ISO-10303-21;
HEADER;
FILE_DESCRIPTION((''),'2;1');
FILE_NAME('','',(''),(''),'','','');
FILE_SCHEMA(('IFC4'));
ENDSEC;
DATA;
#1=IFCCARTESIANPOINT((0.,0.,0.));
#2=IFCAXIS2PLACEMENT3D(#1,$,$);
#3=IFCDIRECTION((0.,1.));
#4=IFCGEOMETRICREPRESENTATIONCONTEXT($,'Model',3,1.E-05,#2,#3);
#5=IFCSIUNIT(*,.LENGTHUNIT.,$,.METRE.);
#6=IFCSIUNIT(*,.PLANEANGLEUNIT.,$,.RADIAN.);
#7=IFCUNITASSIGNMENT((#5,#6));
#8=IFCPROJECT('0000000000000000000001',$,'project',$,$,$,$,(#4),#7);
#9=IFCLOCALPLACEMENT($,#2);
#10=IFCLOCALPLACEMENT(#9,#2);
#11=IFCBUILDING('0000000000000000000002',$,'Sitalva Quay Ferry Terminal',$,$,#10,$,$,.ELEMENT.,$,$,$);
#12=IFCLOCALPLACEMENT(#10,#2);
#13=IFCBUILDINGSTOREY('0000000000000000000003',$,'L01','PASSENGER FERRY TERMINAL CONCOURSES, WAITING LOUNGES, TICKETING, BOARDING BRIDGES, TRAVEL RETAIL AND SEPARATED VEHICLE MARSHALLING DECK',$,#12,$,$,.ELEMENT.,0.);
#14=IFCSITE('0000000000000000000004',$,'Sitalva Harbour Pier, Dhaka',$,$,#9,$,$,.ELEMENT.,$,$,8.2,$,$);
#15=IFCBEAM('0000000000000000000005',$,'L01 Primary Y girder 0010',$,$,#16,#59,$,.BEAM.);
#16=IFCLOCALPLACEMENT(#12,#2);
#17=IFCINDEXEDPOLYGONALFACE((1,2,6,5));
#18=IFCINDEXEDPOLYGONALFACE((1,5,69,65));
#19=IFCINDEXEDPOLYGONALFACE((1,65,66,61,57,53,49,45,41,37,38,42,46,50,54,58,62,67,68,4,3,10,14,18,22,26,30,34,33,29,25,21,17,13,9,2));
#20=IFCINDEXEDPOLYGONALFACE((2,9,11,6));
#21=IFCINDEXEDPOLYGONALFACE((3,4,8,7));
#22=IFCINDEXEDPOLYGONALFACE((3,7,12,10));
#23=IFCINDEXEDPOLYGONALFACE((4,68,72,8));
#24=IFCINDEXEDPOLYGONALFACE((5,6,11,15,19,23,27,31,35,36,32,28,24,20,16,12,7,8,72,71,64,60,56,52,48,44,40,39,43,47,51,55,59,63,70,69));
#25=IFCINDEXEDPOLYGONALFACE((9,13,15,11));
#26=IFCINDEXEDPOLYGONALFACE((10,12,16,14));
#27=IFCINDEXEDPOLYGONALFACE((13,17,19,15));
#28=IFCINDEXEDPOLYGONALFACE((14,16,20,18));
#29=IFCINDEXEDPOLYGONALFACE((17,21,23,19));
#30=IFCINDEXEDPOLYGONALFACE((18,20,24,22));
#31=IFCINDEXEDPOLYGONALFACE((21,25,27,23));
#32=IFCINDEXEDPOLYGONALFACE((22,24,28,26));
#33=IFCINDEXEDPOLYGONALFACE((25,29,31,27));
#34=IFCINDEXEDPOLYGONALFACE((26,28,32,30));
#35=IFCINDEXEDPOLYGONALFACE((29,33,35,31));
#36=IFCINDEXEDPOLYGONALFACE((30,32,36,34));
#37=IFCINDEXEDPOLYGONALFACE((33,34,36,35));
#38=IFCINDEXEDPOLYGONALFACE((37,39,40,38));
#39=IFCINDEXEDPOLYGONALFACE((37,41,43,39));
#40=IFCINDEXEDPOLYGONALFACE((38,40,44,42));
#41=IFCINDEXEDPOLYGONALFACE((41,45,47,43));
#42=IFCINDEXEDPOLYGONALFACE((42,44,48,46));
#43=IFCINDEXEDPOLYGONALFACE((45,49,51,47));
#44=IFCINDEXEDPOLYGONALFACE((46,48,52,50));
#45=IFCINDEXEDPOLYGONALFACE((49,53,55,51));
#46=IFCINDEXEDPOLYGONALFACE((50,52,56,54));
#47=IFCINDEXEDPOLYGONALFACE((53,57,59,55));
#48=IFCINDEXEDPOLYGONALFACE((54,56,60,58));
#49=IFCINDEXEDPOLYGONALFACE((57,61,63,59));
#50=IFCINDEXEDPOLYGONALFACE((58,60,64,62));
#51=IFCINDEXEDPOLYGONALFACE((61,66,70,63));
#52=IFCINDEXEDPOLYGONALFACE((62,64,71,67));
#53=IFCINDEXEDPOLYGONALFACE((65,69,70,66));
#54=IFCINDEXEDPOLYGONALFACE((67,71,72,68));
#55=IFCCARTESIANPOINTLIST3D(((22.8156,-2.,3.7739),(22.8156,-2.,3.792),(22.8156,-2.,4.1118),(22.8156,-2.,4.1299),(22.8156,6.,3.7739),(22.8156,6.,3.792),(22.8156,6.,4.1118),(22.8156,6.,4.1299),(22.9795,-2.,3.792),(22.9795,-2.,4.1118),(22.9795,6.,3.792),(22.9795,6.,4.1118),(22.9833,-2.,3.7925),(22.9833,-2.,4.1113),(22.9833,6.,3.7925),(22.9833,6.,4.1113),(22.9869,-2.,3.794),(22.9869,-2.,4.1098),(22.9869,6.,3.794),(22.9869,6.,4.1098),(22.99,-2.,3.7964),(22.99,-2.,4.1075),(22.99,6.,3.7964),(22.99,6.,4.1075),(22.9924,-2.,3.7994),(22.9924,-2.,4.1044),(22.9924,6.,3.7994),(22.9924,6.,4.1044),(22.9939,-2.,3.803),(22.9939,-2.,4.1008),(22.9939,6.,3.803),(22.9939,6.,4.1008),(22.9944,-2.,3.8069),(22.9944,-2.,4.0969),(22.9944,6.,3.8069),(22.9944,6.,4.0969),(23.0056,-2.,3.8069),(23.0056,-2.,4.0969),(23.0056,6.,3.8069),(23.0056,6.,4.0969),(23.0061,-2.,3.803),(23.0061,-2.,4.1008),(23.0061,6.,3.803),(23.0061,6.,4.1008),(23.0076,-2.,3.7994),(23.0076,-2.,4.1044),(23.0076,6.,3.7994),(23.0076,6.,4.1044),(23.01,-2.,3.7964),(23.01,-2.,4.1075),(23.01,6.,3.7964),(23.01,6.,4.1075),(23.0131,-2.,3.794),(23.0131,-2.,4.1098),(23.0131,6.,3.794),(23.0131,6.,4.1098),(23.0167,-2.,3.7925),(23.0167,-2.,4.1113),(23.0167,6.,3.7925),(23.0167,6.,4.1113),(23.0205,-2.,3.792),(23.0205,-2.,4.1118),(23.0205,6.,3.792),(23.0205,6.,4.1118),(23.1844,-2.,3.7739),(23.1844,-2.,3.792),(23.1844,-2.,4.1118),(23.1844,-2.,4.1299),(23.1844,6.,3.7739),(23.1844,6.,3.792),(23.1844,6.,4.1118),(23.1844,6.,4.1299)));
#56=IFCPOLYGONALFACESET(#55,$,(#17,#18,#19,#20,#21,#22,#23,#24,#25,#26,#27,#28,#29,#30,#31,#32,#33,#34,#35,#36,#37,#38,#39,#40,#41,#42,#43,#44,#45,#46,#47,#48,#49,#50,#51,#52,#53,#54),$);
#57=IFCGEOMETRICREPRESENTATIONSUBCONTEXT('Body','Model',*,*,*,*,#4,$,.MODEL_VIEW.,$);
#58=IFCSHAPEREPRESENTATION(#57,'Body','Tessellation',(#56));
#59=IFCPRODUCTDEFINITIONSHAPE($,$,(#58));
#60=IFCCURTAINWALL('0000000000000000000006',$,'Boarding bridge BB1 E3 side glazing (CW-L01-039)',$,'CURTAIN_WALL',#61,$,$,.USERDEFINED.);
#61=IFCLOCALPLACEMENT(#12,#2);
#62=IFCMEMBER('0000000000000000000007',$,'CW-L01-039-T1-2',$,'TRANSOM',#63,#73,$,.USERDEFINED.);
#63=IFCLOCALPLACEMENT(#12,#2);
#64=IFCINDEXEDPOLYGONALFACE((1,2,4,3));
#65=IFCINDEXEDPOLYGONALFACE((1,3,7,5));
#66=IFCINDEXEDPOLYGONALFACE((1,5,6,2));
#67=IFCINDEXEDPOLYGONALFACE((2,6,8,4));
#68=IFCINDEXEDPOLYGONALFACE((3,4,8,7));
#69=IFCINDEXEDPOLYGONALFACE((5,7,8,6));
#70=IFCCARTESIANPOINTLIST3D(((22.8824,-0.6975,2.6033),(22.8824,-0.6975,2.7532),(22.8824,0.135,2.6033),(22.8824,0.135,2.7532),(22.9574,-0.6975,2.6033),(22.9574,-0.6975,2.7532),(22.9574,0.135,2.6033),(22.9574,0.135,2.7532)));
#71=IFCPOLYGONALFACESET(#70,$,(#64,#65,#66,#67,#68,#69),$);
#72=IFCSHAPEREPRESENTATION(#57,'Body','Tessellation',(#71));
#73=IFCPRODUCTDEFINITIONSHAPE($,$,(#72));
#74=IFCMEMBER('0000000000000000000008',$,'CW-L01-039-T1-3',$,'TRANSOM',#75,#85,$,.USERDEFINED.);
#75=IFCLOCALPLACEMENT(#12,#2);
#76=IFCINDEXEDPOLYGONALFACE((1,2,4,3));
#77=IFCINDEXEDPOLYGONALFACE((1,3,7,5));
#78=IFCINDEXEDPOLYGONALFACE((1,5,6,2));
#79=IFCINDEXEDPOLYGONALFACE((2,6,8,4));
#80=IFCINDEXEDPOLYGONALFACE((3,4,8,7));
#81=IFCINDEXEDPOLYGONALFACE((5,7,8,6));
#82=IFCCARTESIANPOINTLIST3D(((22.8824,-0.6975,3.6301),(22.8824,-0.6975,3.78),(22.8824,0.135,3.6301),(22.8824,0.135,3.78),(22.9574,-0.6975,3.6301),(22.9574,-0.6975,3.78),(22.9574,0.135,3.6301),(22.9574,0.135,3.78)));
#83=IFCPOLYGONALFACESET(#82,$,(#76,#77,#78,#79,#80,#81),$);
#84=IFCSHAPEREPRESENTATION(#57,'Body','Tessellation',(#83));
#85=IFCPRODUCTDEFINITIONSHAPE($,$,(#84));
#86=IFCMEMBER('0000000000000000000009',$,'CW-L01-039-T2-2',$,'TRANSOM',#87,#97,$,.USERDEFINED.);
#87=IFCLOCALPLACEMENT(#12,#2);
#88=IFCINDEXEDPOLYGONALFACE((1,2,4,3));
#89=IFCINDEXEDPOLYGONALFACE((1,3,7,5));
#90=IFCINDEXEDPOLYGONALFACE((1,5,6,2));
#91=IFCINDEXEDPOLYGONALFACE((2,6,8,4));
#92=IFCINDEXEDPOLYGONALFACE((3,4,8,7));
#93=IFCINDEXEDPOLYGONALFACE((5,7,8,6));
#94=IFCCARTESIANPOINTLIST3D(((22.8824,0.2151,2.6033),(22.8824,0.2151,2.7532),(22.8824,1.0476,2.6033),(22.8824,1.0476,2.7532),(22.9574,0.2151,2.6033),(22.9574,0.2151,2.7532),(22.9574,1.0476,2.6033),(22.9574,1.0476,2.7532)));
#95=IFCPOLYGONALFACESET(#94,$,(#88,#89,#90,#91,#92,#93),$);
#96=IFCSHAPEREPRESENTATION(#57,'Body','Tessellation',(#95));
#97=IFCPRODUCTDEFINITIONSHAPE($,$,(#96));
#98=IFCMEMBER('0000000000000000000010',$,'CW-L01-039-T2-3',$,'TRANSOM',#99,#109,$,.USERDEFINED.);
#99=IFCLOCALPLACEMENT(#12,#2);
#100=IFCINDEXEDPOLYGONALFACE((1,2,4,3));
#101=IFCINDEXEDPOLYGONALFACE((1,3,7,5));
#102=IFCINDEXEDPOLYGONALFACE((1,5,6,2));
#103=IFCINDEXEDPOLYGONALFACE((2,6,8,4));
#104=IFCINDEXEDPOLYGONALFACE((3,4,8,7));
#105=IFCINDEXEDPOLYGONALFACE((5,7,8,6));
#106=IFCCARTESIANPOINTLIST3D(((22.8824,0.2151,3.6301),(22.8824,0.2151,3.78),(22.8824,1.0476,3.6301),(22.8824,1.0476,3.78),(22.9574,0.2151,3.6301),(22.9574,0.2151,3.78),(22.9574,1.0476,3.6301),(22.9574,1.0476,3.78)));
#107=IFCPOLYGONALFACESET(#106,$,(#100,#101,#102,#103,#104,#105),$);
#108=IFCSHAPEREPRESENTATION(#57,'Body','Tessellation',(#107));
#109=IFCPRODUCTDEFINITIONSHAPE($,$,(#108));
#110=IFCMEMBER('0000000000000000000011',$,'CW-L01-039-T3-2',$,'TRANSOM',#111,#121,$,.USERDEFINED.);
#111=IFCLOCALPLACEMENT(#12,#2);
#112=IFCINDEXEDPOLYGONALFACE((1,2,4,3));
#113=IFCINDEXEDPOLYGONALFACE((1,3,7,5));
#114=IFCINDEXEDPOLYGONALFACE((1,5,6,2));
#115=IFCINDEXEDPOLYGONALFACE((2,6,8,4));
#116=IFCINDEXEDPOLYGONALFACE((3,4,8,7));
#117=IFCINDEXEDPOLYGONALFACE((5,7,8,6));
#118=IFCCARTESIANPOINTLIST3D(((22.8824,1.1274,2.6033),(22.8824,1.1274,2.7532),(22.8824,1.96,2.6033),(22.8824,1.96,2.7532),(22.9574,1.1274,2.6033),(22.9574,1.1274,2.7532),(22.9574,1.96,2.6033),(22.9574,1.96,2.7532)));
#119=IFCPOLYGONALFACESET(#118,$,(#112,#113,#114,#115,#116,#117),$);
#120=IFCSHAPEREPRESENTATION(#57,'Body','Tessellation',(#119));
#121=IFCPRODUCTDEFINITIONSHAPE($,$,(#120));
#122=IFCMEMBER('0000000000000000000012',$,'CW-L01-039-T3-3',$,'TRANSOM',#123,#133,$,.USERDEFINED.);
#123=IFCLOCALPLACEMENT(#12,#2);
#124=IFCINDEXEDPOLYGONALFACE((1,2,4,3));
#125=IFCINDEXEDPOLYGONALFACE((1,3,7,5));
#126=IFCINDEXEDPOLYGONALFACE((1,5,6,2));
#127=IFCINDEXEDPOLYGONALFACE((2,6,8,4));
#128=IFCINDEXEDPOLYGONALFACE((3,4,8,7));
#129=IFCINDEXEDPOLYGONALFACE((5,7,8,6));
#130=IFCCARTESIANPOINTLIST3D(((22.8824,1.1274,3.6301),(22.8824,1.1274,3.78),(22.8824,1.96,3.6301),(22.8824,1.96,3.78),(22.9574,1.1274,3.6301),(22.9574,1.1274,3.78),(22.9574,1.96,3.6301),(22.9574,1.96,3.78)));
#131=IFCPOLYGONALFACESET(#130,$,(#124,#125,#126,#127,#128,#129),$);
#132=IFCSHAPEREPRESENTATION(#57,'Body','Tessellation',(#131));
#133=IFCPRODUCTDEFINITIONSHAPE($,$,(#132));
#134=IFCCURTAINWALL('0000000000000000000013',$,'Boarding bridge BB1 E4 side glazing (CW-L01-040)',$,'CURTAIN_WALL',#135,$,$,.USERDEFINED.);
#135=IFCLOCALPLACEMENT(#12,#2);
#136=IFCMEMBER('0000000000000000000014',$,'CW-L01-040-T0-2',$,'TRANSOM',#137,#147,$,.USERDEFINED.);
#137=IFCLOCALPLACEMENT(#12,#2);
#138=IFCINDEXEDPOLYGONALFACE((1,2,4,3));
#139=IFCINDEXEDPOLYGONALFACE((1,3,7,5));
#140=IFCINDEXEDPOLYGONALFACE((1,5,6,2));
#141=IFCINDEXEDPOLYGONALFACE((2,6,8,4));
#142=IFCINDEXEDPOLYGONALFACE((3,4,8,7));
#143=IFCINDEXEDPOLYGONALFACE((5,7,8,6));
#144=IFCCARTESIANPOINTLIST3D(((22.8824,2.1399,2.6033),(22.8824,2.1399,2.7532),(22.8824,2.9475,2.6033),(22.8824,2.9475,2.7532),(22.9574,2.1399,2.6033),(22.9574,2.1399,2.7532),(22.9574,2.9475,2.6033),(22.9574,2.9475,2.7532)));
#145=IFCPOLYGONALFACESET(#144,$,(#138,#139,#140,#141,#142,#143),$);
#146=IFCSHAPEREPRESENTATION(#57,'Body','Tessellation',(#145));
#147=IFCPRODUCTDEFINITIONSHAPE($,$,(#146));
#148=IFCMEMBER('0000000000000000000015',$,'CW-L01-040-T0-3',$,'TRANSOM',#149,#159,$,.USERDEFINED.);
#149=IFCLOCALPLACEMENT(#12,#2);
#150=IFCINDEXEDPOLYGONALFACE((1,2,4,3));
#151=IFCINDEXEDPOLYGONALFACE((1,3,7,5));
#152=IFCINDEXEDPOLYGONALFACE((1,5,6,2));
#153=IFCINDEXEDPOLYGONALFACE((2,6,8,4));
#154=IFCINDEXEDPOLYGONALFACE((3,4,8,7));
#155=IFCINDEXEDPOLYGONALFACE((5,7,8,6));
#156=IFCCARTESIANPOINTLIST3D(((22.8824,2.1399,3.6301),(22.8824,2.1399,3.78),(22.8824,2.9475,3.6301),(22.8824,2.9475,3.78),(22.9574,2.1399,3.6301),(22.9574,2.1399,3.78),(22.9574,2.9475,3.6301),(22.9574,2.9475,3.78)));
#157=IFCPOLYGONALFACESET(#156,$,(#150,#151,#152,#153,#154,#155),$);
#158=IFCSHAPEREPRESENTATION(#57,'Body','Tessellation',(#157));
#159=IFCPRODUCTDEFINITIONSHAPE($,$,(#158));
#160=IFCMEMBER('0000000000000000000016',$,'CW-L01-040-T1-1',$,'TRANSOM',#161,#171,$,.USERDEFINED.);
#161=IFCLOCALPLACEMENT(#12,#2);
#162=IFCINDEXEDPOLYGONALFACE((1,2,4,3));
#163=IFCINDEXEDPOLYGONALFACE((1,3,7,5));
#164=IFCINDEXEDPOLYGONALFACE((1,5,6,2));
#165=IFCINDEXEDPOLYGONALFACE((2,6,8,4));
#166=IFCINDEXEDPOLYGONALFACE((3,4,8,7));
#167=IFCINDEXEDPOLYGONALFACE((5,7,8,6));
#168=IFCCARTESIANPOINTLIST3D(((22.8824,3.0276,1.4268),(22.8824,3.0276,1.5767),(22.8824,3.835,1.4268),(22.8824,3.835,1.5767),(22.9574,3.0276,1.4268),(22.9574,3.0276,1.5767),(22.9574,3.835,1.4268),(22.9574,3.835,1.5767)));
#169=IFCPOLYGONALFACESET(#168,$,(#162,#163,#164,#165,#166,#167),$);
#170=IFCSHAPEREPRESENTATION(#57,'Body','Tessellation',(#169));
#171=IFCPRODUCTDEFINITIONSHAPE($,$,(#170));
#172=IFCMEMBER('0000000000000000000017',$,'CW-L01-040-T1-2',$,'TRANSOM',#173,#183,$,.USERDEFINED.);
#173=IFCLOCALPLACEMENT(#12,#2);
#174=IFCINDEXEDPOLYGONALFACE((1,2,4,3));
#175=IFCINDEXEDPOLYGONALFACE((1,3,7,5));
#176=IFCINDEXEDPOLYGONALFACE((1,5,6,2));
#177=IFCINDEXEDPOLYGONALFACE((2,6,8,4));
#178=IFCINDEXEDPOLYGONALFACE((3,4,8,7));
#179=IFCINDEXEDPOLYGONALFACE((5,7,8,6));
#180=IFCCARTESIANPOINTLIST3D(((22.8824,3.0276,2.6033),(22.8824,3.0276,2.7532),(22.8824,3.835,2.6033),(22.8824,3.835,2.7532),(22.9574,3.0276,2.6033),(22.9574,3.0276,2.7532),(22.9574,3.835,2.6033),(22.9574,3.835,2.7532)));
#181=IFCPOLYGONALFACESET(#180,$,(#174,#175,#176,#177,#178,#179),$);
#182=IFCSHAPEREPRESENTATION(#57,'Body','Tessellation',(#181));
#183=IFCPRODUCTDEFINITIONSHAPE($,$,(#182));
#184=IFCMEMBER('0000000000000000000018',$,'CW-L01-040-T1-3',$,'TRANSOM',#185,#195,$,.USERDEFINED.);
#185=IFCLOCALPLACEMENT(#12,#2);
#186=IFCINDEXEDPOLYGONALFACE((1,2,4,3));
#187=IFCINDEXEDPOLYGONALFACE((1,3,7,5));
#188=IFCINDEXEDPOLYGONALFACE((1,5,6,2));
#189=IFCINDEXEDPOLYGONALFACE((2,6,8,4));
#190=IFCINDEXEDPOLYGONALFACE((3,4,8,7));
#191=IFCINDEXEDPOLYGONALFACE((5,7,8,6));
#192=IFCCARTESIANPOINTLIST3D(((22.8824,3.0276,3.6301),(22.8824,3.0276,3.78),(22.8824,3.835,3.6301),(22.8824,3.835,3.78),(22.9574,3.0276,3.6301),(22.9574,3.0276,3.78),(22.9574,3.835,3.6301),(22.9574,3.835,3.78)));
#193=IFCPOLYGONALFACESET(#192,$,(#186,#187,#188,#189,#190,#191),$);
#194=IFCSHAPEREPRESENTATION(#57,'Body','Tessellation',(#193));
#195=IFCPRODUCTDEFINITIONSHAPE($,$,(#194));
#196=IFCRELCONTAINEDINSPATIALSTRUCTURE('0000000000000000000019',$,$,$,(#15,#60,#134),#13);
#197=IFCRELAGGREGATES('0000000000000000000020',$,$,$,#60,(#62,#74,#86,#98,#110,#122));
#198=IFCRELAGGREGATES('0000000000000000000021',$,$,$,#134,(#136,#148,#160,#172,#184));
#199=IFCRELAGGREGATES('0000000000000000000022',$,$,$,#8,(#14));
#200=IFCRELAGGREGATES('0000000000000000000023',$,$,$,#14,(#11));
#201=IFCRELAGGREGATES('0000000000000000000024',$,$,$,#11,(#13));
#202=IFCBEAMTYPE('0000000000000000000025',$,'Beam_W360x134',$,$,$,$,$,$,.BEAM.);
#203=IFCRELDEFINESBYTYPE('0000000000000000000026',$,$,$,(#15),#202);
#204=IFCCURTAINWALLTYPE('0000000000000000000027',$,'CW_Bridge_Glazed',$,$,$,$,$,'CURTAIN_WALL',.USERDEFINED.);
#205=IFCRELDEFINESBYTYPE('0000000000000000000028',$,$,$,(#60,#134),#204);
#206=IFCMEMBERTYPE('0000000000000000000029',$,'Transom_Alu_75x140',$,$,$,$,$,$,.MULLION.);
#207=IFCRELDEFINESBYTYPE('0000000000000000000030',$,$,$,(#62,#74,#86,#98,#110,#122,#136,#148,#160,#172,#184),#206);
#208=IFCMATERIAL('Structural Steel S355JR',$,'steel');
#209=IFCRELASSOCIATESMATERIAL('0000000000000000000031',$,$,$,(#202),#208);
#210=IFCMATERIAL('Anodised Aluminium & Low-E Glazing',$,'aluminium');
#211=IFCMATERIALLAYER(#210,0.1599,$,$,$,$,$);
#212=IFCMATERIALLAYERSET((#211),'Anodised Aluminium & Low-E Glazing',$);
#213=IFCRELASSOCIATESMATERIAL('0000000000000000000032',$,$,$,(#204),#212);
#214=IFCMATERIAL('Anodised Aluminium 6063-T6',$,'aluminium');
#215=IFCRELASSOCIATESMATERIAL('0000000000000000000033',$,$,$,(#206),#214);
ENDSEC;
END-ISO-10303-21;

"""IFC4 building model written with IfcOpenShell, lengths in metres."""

from ifc_helpers import new_model, si_unit, direction, frame, origin, origin_2d, place, context, subcontext, project, spatial, rectangle, i_section, extrude, material, layer, layer_set, material_profile, profile_set, type_object, element, aggregate, save


model = new_model("IFC4")

# Units and contexts
model_context = context("Model", 3, precision=1e-05, world=origin(), true_north=direction((0.0, 1.0)))
body_context = subcontext(model_context, "Body", "Model", "MODEL_VIEW")
ifc_project = project(units=[si_unit("LENGTHUNIT", "METRE"), si_unit("PLANEANGLEUNIT", "RADIAN")], contexts=[model_context])

# Site, building, storey
site_placement = place(None, origin())
site = spatial("IfcSite", under=ifc_project, at=site_placement, Name="Sitalva Harbour Pier, Dhaka", CompositionType="ELEMENT", RefElevation=8.2)
building_placement = place(site_placement, origin())
building = spatial("IfcBuilding", under=site, at=building_placement, Name="Sitalva Quay Ferry Terminal", CompositionType="ELEMENT")
storey_placement = place(building_placement, origin())
storey = spatial("IfcBuildingStorey", under=building, at=storey_placement, Name="L01", Description="PASSENGER FERRY TERMINAL CONCOURSES, WAITING LOUNGES, TICKETING, BOARDING BRIDGES, TRAVEL RETAIL AND SEPARATED VEHICLE MARSHALLING DECK", CompositionType="ELEMENT", Elevation=0.0)

# Beam
ifc_material_1 = material(Name="Structural Steel S355JR", Category="steel")
ifc_material_profile_1 = material_profile(ifc_material_1, i_section(OverallWidth=0.3689, OverallDepth=0.356, WebThickness=0.0112, FlangeThickness=0.0181, FilletRadius=0.0149, at=origin_2d()), Name="W360x134")
ifc_profile_set_1 = profile_set([ifc_material_profile_1], Name="Structural Steel S355JR")
beam_type = type_object("IfcBeamType", Name="Beam_W360x134", PredefinedType="BEAM", material=ifc_profile_set_1)
beam_placement = place(storey_placement, frame((23.0, -2.0, 3.9519), z_axis=(0.0, 1.0, 0.0), x_axis=(-1.0, 0.0, 0.0)))
element("IfcBeam", 1, at=beam_placement, inside=storey, type_object=beam_type, Name="L01 Primary Y girder 0010", PredefinedType="BEAM", context=body_context, shape_type="SweptSolid", body=[
    extrude(i_section(OverallWidth=0.3689, OverallDepth=0.356, WebThickness=0.0112, FlangeThickness=0.0181, FilletRadius=0.0149, at=origin_2d()), origin(), (0.0, 0.0, 1.0), 8.0),
])

# Curtain walls, members
ifc_material_2 = material(Name="Anodised Aluminium & Low-E Glazing", Category="aluminium")
ifc_layer_1 = layer(ifc_material_2, 0.1599)
ifc_layer_set_1 = layer_set([ifc_layer_1], Name="Anodised Aluminium & Low-E Glazing")
curtain_wall_type = type_object("IfcCurtainWallType", Name="CW_Bridge_Glazed", ElementType="CURTAIN_WALL", PredefinedType="USERDEFINED", material=ifc_layer_set_1)
curtain_wall_1_placement = place(storey_placement, origin())
curtain_wall_1 = element("IfcCurtainWall", 2, at=curtain_wall_1_placement, inside=storey, type_object=curtain_wall_type, Name="Boarding bridge BB1 E3 side glazing (CW-L01-039)", ObjectType="CURTAIN_WALL", PredefinedType="USERDEFINED")
ifc_material_3 = material(Name="Anodised Aluminium 6063-T6", Category="aluminium")
ifc_material_profile_2 = material_profile(ifc_material_3, rectangle(XDim=0.075, YDim=0.1499, at=origin_2d()), Name="ALU75x150")
ifc_profile_set_2 = profile_set([ifc_material_profile_2], Name="Anodised Aluminium 6063-T6")
member_type = type_object("IfcMemberType", Name="Transom_Alu_75x140", PredefinedType="MULLION", material=ifc_profile_set_2)
member_1_placement = place(storey_placement, frame((22.9199, -0.6975, 2.6782), z_axis=(0.0, 1.0, 0.0), x_axis=(-1.0, 0.0, 0.0)))
member_1 = element("IfcMember", 3, at=member_1_placement, type_object=member_type, Name="CW-L01-039-T1-2", ObjectType="TRANSOM", PredefinedType="USERDEFINED", context=body_context, shape_type="SweptSolid", body=[
    extrude(rectangle(XDim=0.075, YDim=0.1499, at=origin_2d()), origin(), (0.0, 0.0, 1.0), 0.8325),
])
member_2_placement = place(storey_placement, frame((22.9199, -0.6975, 3.7051), z_axis=(0.0, 1.0, 0.0), x_axis=(-1.0, 0.0, 0.0)))
member_2 = element("IfcMember", 4, at=member_2_placement, type_object=member_type, Name="CW-L01-039-T1-3", ObjectType="TRANSOM", PredefinedType="USERDEFINED", context=body_context, shape_type="SweptSolid", body=[
    extrude(rectangle(XDim=0.075, YDim=0.1499, at=origin_2d()), origin(), (0.0, 0.0, 1.0), 0.8325),
])
member_3_placement = place(storey_placement, frame((22.9199, 0.2151, 2.6782), z_axis=(0.0, 1.0, 0.0), x_axis=(-1.0, 0.0, 0.0)))
member_3 = element("IfcMember", 5, at=member_3_placement, type_object=member_type, Name="CW-L01-039-T2-2", ObjectType="TRANSOM", PredefinedType="USERDEFINED", context=body_context, shape_type="SweptSolid", body=[
    extrude(rectangle(XDim=0.075, YDim=0.1499, at=origin_2d()), origin(), (0.0, 0.0, 1.0), 0.8325),
])
member_4_placement = place(storey_placement, frame((22.9199, 0.2151, 3.7051), z_axis=(0.0, 1.0, 0.0), x_axis=(-1.0, 0.0, 0.0)))
member_4 = element("IfcMember", 6, at=member_4_placement, type_object=member_type, Name="CW-L01-039-T2-3", ObjectType="TRANSOM", PredefinedType="USERDEFINED", context=body_context, shape_type="SweptSolid", body=[
    extrude(rectangle(XDim=0.075, YDim=0.1499, at=origin_2d()), origin(), (0.0, 0.0, 1.0), 0.8325),
])
member_5_placement = place(storey_placement, frame((22.9199, 1.1274, 2.6782), z_axis=(0.0, 1.0, 0.0), x_axis=(-1.0, 0.0, 0.0)))
member_5 = element("IfcMember", 7, at=member_5_placement, type_object=member_type, Name="CW-L01-039-T3-2", ObjectType="TRANSOM", PredefinedType="USERDEFINED", context=body_context, shape_type="SweptSolid", body=[
    extrude(rectangle(XDim=0.075, YDim=0.1499, at=origin_2d()), origin(), (0.0, 0.0, 1.0), 0.8325),
])
member_6_placement = place(storey_placement, frame((22.9199, 1.1274, 3.7051), z_axis=(0.0, 1.0, 0.0), x_axis=(-1.0, 0.0, 0.0)))
member_6 = element("IfcMember", 8, at=member_6_placement, type_object=member_type, Name="CW-L01-039-T3-3", ObjectType="TRANSOM", PredefinedType="USERDEFINED", context=body_context, shape_type="SweptSolid", body=[
    extrude(rectangle(XDim=0.075, YDim=0.1499, at=origin_2d()), origin(), (0.0, 0.0, 1.0), 0.8325),
])
curtain_wall_2_placement = place(storey_placement, origin())
curtain_wall_2 = element("IfcCurtainWall", 9, at=curtain_wall_2_placement, inside=storey, type_object=curtain_wall_type, Name="Boarding bridge BB1 E4 side glazing (CW-L01-040)", ObjectType="CURTAIN_WALL", PredefinedType="USERDEFINED")
member_7_placement = place(storey_placement, frame((22.9199, 2.1399, 2.6782), z_axis=(0.0, 1.0, 0.0), x_axis=(-1.0, 0.0, 0.0)))
member_7 = element("IfcMember", 10, at=member_7_placement, type_object=member_type, Name="CW-L01-040-T0-2", ObjectType="TRANSOM", PredefinedType="USERDEFINED", context=body_context, shape_type="SweptSolid", body=[
    extrude(rectangle(XDim=0.075, YDim=0.1499, at=origin_2d()), origin(), (0.0, 0.0, 1.0), 0.8076),
])
member_8_placement = place(storey_placement, frame((22.9199, 2.1399, 3.7051), z_axis=(0.0, 1.0, 0.0), x_axis=(-1.0, 0.0, 0.0)))
member_8 = element("IfcMember", 11, at=member_8_placement, type_object=member_type, Name="CW-L01-040-T0-3", ObjectType="TRANSOM", PredefinedType="USERDEFINED", context=body_context, shape_type="SweptSolid", body=[
    extrude(rectangle(XDim=0.075, YDim=0.1499, at=origin_2d()), origin(), (0.0, 0.0, 1.0), 0.8076),
])
member_9_placement = place(storey_placement, frame((22.9199, 3.0276, 1.5017), z_axis=(0.0, 1.0, 0.0), x_axis=(-1.0, 0.0, 0.0)))
member_9 = element("IfcMember", 12, at=member_9_placement, type_object=member_type, Name="CW-L01-040-T1-1", ObjectType="TRANSOM", PredefinedType="USERDEFINED", context=body_context, shape_type="SweptSolid", body=[
    extrude(rectangle(XDim=0.075, YDim=0.1499, at=origin_2d()), origin(), (0.0, 0.0, 1.0), 0.8074),
])
member_10_placement = place(storey_placement, frame((22.9199, 3.0276, 2.6782), z_axis=(0.0, 1.0, 0.0), x_axis=(-1.0, 0.0, 0.0)))
member_10 = element("IfcMember", 13, at=member_10_placement, type_object=member_type, Name="CW-L01-040-T1-2", ObjectType="TRANSOM", PredefinedType="USERDEFINED", context=body_context, shape_type="SweptSolid", body=[
    extrude(rectangle(XDim=0.075, YDim=0.1499, at=origin_2d()), origin(), (0.0, 0.0, 1.0), 0.8074),
])
member_11_placement = place(storey_placement, frame((22.9199, 3.0276, 3.7051), z_axis=(0.0, 1.0, 0.0), x_axis=(-1.0, 0.0, 0.0)))
member_11 = element("IfcMember", 14, at=member_11_placement, type_object=member_type, Name="CW-L01-040-T1-3", ObjectType="TRANSOM", PredefinedType="USERDEFINED", context=body_context, shape_type="SweptSolid", body=[
    extrude(rectangle(XDim=0.075, YDim=0.1499, at=origin_2d()), origin(), (0.0, 0.0, 1.0), 0.8074),
])

aggregate(curtain_wall_1, [member_1, member_2, member_3, member_4, member_5, member_6])
aggregate(curtain_wall_2, [member_7, member_8, member_9, member_10, member_11])

save(model, "model.ifc")
